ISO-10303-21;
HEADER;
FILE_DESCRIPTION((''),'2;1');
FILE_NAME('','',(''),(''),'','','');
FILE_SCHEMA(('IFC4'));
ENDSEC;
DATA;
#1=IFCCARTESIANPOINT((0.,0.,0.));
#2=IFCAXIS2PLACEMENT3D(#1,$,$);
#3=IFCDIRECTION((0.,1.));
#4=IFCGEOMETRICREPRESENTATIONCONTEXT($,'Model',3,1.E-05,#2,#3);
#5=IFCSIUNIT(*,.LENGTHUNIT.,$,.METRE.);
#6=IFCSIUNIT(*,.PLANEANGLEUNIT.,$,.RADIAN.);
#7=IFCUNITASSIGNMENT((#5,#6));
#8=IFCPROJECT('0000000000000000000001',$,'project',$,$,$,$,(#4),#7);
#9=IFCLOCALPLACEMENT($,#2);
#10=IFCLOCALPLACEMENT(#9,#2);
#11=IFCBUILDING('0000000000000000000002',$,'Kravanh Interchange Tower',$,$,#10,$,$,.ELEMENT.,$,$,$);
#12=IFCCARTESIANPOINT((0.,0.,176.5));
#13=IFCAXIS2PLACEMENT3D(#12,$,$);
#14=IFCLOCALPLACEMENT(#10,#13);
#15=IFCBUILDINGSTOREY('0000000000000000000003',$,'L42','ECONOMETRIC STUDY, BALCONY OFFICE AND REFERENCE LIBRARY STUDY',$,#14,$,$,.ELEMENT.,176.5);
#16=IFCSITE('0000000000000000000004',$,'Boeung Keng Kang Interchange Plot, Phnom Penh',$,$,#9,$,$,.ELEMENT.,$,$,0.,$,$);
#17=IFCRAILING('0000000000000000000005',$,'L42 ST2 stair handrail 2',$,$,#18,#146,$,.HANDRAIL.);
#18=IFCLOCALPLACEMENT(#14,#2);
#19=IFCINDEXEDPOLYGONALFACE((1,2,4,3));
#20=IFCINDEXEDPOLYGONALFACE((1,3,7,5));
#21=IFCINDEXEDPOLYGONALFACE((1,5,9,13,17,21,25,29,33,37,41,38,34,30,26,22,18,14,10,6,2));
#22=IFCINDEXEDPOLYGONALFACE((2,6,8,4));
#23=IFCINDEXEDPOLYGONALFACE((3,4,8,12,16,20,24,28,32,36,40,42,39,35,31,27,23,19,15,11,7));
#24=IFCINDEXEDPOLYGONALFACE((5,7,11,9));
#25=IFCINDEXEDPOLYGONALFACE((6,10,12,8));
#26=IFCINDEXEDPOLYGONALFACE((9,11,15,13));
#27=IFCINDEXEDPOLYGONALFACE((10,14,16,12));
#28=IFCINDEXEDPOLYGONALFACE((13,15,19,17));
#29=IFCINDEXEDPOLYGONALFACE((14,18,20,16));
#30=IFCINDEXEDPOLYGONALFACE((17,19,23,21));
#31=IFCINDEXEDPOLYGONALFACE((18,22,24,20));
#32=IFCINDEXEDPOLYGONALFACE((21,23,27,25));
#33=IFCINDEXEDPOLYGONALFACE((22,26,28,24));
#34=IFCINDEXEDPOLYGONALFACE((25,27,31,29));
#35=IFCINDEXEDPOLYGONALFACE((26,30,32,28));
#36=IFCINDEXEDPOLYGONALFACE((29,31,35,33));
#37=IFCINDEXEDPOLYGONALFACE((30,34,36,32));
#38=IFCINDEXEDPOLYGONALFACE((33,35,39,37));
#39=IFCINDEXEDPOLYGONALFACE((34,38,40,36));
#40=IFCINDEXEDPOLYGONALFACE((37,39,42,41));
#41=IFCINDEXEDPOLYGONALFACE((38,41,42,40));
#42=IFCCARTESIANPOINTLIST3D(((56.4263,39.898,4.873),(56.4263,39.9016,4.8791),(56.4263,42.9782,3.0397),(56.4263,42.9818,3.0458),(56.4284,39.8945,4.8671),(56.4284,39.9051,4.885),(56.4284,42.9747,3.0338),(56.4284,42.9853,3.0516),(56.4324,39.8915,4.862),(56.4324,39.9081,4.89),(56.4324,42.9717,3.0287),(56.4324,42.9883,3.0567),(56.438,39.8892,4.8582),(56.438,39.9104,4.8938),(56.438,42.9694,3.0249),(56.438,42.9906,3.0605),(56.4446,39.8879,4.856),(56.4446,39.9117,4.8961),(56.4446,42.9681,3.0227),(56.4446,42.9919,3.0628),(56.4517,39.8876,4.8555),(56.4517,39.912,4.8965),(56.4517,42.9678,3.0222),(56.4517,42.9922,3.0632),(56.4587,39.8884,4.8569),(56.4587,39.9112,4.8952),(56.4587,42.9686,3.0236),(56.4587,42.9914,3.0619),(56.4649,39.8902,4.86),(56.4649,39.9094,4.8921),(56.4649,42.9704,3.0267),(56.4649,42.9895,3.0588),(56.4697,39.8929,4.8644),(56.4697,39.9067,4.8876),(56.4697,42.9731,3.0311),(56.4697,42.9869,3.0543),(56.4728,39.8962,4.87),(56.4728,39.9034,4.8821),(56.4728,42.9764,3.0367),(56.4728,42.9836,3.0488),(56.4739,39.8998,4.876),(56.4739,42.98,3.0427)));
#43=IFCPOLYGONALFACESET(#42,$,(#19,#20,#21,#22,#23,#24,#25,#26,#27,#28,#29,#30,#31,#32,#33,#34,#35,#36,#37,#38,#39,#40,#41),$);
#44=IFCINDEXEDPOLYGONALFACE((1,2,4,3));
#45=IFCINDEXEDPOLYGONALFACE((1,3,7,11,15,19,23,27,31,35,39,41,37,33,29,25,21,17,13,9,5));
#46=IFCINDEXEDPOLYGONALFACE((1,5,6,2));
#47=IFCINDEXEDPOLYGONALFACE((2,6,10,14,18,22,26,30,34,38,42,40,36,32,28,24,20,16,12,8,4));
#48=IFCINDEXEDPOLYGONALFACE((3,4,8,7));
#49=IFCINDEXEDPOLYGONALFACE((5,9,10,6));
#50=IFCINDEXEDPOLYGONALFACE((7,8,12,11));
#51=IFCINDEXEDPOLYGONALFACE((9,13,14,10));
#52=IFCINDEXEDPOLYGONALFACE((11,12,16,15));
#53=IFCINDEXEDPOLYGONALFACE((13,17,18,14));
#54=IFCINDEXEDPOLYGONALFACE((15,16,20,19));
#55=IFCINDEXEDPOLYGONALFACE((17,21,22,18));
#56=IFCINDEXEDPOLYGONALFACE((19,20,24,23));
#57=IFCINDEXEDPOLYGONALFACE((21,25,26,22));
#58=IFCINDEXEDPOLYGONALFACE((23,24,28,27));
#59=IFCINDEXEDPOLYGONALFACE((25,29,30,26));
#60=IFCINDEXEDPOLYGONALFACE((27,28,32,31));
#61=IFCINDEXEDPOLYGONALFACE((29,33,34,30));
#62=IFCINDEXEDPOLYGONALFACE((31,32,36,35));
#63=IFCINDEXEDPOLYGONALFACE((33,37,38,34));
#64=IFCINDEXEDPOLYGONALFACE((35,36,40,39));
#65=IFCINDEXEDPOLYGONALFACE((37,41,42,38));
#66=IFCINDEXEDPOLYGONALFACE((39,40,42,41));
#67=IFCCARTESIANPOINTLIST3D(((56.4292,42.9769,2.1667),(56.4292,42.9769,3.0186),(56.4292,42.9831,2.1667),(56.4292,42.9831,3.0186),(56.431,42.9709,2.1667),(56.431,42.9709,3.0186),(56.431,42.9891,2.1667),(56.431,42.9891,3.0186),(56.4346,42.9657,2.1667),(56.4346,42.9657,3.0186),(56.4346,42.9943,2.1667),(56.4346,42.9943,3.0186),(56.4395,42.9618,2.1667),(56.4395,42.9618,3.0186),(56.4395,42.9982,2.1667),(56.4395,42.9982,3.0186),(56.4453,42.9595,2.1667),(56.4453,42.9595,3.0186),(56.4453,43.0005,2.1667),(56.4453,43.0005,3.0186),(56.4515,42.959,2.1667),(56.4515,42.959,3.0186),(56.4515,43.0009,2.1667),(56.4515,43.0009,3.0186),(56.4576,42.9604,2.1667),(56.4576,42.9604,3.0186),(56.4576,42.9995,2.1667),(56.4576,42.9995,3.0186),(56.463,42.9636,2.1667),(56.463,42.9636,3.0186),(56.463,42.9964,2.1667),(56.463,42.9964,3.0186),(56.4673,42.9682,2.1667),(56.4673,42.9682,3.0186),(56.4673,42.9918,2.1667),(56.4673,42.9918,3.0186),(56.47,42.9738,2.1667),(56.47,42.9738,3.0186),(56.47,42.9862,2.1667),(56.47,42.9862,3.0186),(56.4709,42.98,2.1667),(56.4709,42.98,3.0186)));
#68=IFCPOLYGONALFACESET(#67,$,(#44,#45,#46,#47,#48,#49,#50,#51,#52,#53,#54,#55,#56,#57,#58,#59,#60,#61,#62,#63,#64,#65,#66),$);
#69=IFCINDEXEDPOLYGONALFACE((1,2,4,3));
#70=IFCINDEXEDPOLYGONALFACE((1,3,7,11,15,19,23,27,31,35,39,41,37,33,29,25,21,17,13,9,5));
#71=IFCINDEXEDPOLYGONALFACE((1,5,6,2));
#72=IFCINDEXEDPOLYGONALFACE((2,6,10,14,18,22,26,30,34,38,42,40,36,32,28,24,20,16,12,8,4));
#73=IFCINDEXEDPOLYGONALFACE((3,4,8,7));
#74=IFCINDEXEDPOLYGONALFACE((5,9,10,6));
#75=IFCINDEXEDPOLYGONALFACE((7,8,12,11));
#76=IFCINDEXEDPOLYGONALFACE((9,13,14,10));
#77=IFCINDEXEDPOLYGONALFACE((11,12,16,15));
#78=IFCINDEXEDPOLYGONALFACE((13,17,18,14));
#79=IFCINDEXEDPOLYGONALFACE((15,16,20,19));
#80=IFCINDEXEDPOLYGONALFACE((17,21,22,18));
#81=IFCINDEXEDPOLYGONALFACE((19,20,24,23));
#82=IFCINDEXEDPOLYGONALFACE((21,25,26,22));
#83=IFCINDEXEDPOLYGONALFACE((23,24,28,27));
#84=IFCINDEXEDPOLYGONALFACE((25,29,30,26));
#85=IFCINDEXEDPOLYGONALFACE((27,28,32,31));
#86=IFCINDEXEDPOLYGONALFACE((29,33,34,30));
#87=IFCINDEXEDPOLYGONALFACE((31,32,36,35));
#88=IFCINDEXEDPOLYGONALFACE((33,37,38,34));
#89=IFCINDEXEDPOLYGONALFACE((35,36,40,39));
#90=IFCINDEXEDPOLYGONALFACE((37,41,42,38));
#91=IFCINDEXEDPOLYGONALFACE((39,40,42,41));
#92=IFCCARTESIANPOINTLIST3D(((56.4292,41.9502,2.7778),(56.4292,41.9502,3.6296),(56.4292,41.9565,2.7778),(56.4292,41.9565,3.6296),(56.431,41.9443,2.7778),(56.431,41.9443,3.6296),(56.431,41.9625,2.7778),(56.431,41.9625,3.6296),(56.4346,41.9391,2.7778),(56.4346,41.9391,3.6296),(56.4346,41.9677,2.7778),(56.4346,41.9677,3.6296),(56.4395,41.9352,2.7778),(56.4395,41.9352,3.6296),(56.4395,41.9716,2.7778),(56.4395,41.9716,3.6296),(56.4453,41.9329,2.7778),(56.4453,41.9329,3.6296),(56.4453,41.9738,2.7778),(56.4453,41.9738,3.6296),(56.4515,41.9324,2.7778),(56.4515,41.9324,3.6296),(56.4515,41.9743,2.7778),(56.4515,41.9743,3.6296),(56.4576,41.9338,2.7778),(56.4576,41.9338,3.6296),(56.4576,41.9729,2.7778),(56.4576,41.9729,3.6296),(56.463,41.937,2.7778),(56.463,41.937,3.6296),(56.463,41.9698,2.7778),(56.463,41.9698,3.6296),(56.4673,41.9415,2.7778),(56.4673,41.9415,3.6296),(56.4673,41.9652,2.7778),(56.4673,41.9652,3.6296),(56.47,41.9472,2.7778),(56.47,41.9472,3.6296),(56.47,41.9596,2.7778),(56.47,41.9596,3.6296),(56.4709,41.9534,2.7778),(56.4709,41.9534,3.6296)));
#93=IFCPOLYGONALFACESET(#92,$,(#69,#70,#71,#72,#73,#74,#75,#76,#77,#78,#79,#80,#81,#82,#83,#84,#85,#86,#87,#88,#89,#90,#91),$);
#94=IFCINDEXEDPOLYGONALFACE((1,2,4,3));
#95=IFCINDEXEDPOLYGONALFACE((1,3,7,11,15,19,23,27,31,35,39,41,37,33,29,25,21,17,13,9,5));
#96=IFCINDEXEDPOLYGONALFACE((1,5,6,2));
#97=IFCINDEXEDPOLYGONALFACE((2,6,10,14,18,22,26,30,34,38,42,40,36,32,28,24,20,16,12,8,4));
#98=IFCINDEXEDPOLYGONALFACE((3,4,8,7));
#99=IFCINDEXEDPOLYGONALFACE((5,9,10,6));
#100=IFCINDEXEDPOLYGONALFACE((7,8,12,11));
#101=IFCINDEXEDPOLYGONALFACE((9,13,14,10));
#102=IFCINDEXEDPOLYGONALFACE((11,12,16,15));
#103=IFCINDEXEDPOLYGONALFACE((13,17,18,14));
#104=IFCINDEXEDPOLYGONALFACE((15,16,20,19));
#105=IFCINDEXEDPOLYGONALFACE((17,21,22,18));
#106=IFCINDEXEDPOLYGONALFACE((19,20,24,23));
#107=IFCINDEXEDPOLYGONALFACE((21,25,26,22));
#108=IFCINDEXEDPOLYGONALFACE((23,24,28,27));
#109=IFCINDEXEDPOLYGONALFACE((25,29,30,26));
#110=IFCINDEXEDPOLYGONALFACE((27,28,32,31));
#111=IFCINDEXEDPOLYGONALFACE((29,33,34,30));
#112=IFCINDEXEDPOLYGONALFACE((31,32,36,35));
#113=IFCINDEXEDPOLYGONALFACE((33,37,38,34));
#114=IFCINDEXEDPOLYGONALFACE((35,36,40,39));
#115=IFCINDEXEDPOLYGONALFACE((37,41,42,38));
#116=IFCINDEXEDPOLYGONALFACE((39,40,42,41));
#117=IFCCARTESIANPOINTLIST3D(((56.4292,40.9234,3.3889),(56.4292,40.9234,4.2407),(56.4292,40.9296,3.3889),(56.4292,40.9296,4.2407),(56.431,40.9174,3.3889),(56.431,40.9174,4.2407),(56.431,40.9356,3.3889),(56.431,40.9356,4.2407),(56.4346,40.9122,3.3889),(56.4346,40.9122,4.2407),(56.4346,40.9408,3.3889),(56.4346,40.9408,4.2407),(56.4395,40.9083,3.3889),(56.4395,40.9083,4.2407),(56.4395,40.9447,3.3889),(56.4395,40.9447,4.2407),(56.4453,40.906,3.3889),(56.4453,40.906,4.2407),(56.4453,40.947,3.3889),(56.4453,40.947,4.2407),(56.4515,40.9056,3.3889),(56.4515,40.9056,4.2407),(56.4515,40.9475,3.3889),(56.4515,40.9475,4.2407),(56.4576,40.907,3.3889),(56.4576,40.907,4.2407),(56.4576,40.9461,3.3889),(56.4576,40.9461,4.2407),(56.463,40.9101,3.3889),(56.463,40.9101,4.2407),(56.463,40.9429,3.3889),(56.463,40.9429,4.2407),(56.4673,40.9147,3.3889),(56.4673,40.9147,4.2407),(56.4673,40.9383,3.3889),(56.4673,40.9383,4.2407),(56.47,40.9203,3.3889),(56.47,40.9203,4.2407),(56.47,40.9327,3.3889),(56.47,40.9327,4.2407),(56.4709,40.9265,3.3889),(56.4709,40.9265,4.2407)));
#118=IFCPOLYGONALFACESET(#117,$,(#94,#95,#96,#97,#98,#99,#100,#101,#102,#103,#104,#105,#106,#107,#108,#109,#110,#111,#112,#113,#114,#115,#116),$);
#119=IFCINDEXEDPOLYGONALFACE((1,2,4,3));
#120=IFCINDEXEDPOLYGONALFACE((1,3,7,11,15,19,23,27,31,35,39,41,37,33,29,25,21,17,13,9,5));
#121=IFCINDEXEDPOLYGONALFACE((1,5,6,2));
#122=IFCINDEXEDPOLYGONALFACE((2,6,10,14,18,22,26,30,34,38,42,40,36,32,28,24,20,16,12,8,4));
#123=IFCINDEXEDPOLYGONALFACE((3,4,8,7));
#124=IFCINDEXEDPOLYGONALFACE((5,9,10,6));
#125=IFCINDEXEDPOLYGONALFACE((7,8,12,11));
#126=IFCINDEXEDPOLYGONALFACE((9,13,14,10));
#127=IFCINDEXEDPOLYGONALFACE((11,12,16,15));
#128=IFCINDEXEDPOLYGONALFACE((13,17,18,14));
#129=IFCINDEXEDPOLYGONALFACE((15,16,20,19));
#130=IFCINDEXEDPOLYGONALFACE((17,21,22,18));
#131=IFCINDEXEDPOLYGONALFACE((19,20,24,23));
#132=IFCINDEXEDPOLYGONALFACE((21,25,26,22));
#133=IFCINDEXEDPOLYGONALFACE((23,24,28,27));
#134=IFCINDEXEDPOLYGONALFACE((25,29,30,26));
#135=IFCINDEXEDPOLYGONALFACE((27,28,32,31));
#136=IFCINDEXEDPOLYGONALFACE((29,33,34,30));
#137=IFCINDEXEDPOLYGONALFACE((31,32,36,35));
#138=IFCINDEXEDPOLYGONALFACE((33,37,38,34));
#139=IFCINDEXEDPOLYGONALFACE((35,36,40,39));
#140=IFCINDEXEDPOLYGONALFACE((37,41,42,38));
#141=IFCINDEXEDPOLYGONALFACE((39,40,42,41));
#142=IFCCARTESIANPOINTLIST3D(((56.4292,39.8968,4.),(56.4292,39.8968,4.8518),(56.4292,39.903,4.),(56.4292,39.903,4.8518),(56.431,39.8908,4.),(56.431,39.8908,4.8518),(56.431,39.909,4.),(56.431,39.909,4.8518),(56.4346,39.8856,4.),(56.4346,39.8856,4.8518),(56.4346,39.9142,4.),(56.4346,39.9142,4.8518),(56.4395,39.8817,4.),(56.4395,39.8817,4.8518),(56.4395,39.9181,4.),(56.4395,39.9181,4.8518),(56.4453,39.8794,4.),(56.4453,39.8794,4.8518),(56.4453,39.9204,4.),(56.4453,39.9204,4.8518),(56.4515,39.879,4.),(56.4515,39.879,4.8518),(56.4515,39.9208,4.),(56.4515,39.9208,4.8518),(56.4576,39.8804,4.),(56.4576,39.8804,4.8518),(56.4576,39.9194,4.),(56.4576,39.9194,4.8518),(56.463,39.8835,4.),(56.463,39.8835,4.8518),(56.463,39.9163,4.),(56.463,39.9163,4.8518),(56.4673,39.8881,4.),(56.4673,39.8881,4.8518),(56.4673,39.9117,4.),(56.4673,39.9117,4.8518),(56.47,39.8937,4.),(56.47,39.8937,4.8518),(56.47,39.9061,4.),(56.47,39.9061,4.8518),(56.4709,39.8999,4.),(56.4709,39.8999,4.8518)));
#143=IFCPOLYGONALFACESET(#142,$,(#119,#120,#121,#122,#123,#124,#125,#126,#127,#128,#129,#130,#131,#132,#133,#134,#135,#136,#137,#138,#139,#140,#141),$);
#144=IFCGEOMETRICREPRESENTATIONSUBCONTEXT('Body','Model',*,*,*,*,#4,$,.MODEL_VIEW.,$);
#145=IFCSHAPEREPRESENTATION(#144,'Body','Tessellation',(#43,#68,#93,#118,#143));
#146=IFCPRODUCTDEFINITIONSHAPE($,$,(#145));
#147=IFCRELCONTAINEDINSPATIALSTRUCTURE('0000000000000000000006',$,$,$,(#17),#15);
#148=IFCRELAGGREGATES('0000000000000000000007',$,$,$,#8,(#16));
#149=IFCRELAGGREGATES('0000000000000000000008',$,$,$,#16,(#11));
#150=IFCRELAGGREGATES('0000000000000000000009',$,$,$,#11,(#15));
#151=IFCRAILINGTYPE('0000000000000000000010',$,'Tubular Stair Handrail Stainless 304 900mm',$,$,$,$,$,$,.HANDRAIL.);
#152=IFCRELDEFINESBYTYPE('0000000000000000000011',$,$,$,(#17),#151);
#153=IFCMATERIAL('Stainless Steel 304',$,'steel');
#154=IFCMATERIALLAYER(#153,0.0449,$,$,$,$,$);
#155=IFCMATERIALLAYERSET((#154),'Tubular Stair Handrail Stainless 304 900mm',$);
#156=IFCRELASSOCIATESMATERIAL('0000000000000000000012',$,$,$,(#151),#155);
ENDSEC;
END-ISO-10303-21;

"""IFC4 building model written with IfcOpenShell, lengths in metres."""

from ifc_helpers import new_model, si_unit, direction, frame, origin, origin_2d, place, context, subcontext, project, spatial, circle, extrude, material, layer, layer_set, type_object, element, save


model = new_model("IFC4")

# Units and contexts
model_context = context("Model", 3, precision=1e-05, world=origin(), true_north=direction((0.0, 1.0)))
body_context = subcontext(model_context, "Body", "Model", "MODEL_VIEW")
ifc_project = project(units=[si_unit("LENGTHUNIT", "METRE"), si_unit("PLANEANGLEUNIT", "RADIAN")], contexts=[model_context])

# Site, building, storey
site_placement = place(None, origin())
site = spatial("IfcSite", under=ifc_project, at=site_placement, Name="Boeung Keng Kang Interchange Plot, Phnom Penh", CompositionType="ELEMENT", RefElevation=0.0)
building_placement = place(site_placement, origin())
building = spatial("IfcBuilding", under=site, at=building_placement, Name="Kravanh Interchange Tower", CompositionType="ELEMENT")
storey_placement = place(building_placement, frame((0.0, 0.0, 176.5)))
storey = spatial("IfcBuildingStorey", under=building, at=storey_placement, Name="L42", Description="ECONOMETRIC STUDY, BALCONY OFFICE AND REFERENCE LIBRARY STUDY", CompositionType="ELEMENT", Elevation=176.5)

# Railing
ifc_material_1 = material(Name="Stainless Steel 304", Category="steel")
ifc_layer_1 = layer(ifc_material_1, 0.0449)
ifc_layer_set_1 = layer_set([ifc_layer_1], Name="Tubular Stair Handrail Stainless 304 900mm")
railing_type_1 = type_object("IfcRailingType", Name="Tubular Stair Handrail Stainless 304 900mm", PredefinedType="HANDRAIL", material=ifc_layer_set_1)
railing_1_placement = place(storey_placement, frame((56.45, 42.98, 2.1667)))
element("IfcRailing", 1, at=railing_1_placement, inside=storey, type_object=railing_type_1, Name="L42 ST2 stair handrail 2", PredefinedType="HANDRAIL", context=body_context, shape_type="SweptSolid", body=[
    extrude(circle(Radius=0.0239, at=origin_2d()), frame((0.0, 0.0, 0.876), z_axis=(0.0, -0.859309, 0.511458), x_axis=(1.0, 0.0, 0.0)), (0.0, 0.0, 1.0), 3.5845),
    extrude(circle(Radius=0.021, at=origin_2d()), origin(), (0.0, 0.0, 1.0), 0.8518),
    extrude(circle(Radius=0.021, at=origin_2d()), frame((0.0, -1.0266, 0.6111)), (0.0, 0.0, 1.0), 0.8518),
    extrude(circle(Radius=0.021, at=origin_2d()), frame((0.0, -2.0535, 1.2222)), (0.0, 0.0, 1.0), 0.8518),
    extrude(circle(Radius=0.021, at=origin_2d()), frame((0.0, -3.0801, 1.8333)), (0.0, 0.0, 1.0), 0.8518),
])

save(model, "model.ifc")
